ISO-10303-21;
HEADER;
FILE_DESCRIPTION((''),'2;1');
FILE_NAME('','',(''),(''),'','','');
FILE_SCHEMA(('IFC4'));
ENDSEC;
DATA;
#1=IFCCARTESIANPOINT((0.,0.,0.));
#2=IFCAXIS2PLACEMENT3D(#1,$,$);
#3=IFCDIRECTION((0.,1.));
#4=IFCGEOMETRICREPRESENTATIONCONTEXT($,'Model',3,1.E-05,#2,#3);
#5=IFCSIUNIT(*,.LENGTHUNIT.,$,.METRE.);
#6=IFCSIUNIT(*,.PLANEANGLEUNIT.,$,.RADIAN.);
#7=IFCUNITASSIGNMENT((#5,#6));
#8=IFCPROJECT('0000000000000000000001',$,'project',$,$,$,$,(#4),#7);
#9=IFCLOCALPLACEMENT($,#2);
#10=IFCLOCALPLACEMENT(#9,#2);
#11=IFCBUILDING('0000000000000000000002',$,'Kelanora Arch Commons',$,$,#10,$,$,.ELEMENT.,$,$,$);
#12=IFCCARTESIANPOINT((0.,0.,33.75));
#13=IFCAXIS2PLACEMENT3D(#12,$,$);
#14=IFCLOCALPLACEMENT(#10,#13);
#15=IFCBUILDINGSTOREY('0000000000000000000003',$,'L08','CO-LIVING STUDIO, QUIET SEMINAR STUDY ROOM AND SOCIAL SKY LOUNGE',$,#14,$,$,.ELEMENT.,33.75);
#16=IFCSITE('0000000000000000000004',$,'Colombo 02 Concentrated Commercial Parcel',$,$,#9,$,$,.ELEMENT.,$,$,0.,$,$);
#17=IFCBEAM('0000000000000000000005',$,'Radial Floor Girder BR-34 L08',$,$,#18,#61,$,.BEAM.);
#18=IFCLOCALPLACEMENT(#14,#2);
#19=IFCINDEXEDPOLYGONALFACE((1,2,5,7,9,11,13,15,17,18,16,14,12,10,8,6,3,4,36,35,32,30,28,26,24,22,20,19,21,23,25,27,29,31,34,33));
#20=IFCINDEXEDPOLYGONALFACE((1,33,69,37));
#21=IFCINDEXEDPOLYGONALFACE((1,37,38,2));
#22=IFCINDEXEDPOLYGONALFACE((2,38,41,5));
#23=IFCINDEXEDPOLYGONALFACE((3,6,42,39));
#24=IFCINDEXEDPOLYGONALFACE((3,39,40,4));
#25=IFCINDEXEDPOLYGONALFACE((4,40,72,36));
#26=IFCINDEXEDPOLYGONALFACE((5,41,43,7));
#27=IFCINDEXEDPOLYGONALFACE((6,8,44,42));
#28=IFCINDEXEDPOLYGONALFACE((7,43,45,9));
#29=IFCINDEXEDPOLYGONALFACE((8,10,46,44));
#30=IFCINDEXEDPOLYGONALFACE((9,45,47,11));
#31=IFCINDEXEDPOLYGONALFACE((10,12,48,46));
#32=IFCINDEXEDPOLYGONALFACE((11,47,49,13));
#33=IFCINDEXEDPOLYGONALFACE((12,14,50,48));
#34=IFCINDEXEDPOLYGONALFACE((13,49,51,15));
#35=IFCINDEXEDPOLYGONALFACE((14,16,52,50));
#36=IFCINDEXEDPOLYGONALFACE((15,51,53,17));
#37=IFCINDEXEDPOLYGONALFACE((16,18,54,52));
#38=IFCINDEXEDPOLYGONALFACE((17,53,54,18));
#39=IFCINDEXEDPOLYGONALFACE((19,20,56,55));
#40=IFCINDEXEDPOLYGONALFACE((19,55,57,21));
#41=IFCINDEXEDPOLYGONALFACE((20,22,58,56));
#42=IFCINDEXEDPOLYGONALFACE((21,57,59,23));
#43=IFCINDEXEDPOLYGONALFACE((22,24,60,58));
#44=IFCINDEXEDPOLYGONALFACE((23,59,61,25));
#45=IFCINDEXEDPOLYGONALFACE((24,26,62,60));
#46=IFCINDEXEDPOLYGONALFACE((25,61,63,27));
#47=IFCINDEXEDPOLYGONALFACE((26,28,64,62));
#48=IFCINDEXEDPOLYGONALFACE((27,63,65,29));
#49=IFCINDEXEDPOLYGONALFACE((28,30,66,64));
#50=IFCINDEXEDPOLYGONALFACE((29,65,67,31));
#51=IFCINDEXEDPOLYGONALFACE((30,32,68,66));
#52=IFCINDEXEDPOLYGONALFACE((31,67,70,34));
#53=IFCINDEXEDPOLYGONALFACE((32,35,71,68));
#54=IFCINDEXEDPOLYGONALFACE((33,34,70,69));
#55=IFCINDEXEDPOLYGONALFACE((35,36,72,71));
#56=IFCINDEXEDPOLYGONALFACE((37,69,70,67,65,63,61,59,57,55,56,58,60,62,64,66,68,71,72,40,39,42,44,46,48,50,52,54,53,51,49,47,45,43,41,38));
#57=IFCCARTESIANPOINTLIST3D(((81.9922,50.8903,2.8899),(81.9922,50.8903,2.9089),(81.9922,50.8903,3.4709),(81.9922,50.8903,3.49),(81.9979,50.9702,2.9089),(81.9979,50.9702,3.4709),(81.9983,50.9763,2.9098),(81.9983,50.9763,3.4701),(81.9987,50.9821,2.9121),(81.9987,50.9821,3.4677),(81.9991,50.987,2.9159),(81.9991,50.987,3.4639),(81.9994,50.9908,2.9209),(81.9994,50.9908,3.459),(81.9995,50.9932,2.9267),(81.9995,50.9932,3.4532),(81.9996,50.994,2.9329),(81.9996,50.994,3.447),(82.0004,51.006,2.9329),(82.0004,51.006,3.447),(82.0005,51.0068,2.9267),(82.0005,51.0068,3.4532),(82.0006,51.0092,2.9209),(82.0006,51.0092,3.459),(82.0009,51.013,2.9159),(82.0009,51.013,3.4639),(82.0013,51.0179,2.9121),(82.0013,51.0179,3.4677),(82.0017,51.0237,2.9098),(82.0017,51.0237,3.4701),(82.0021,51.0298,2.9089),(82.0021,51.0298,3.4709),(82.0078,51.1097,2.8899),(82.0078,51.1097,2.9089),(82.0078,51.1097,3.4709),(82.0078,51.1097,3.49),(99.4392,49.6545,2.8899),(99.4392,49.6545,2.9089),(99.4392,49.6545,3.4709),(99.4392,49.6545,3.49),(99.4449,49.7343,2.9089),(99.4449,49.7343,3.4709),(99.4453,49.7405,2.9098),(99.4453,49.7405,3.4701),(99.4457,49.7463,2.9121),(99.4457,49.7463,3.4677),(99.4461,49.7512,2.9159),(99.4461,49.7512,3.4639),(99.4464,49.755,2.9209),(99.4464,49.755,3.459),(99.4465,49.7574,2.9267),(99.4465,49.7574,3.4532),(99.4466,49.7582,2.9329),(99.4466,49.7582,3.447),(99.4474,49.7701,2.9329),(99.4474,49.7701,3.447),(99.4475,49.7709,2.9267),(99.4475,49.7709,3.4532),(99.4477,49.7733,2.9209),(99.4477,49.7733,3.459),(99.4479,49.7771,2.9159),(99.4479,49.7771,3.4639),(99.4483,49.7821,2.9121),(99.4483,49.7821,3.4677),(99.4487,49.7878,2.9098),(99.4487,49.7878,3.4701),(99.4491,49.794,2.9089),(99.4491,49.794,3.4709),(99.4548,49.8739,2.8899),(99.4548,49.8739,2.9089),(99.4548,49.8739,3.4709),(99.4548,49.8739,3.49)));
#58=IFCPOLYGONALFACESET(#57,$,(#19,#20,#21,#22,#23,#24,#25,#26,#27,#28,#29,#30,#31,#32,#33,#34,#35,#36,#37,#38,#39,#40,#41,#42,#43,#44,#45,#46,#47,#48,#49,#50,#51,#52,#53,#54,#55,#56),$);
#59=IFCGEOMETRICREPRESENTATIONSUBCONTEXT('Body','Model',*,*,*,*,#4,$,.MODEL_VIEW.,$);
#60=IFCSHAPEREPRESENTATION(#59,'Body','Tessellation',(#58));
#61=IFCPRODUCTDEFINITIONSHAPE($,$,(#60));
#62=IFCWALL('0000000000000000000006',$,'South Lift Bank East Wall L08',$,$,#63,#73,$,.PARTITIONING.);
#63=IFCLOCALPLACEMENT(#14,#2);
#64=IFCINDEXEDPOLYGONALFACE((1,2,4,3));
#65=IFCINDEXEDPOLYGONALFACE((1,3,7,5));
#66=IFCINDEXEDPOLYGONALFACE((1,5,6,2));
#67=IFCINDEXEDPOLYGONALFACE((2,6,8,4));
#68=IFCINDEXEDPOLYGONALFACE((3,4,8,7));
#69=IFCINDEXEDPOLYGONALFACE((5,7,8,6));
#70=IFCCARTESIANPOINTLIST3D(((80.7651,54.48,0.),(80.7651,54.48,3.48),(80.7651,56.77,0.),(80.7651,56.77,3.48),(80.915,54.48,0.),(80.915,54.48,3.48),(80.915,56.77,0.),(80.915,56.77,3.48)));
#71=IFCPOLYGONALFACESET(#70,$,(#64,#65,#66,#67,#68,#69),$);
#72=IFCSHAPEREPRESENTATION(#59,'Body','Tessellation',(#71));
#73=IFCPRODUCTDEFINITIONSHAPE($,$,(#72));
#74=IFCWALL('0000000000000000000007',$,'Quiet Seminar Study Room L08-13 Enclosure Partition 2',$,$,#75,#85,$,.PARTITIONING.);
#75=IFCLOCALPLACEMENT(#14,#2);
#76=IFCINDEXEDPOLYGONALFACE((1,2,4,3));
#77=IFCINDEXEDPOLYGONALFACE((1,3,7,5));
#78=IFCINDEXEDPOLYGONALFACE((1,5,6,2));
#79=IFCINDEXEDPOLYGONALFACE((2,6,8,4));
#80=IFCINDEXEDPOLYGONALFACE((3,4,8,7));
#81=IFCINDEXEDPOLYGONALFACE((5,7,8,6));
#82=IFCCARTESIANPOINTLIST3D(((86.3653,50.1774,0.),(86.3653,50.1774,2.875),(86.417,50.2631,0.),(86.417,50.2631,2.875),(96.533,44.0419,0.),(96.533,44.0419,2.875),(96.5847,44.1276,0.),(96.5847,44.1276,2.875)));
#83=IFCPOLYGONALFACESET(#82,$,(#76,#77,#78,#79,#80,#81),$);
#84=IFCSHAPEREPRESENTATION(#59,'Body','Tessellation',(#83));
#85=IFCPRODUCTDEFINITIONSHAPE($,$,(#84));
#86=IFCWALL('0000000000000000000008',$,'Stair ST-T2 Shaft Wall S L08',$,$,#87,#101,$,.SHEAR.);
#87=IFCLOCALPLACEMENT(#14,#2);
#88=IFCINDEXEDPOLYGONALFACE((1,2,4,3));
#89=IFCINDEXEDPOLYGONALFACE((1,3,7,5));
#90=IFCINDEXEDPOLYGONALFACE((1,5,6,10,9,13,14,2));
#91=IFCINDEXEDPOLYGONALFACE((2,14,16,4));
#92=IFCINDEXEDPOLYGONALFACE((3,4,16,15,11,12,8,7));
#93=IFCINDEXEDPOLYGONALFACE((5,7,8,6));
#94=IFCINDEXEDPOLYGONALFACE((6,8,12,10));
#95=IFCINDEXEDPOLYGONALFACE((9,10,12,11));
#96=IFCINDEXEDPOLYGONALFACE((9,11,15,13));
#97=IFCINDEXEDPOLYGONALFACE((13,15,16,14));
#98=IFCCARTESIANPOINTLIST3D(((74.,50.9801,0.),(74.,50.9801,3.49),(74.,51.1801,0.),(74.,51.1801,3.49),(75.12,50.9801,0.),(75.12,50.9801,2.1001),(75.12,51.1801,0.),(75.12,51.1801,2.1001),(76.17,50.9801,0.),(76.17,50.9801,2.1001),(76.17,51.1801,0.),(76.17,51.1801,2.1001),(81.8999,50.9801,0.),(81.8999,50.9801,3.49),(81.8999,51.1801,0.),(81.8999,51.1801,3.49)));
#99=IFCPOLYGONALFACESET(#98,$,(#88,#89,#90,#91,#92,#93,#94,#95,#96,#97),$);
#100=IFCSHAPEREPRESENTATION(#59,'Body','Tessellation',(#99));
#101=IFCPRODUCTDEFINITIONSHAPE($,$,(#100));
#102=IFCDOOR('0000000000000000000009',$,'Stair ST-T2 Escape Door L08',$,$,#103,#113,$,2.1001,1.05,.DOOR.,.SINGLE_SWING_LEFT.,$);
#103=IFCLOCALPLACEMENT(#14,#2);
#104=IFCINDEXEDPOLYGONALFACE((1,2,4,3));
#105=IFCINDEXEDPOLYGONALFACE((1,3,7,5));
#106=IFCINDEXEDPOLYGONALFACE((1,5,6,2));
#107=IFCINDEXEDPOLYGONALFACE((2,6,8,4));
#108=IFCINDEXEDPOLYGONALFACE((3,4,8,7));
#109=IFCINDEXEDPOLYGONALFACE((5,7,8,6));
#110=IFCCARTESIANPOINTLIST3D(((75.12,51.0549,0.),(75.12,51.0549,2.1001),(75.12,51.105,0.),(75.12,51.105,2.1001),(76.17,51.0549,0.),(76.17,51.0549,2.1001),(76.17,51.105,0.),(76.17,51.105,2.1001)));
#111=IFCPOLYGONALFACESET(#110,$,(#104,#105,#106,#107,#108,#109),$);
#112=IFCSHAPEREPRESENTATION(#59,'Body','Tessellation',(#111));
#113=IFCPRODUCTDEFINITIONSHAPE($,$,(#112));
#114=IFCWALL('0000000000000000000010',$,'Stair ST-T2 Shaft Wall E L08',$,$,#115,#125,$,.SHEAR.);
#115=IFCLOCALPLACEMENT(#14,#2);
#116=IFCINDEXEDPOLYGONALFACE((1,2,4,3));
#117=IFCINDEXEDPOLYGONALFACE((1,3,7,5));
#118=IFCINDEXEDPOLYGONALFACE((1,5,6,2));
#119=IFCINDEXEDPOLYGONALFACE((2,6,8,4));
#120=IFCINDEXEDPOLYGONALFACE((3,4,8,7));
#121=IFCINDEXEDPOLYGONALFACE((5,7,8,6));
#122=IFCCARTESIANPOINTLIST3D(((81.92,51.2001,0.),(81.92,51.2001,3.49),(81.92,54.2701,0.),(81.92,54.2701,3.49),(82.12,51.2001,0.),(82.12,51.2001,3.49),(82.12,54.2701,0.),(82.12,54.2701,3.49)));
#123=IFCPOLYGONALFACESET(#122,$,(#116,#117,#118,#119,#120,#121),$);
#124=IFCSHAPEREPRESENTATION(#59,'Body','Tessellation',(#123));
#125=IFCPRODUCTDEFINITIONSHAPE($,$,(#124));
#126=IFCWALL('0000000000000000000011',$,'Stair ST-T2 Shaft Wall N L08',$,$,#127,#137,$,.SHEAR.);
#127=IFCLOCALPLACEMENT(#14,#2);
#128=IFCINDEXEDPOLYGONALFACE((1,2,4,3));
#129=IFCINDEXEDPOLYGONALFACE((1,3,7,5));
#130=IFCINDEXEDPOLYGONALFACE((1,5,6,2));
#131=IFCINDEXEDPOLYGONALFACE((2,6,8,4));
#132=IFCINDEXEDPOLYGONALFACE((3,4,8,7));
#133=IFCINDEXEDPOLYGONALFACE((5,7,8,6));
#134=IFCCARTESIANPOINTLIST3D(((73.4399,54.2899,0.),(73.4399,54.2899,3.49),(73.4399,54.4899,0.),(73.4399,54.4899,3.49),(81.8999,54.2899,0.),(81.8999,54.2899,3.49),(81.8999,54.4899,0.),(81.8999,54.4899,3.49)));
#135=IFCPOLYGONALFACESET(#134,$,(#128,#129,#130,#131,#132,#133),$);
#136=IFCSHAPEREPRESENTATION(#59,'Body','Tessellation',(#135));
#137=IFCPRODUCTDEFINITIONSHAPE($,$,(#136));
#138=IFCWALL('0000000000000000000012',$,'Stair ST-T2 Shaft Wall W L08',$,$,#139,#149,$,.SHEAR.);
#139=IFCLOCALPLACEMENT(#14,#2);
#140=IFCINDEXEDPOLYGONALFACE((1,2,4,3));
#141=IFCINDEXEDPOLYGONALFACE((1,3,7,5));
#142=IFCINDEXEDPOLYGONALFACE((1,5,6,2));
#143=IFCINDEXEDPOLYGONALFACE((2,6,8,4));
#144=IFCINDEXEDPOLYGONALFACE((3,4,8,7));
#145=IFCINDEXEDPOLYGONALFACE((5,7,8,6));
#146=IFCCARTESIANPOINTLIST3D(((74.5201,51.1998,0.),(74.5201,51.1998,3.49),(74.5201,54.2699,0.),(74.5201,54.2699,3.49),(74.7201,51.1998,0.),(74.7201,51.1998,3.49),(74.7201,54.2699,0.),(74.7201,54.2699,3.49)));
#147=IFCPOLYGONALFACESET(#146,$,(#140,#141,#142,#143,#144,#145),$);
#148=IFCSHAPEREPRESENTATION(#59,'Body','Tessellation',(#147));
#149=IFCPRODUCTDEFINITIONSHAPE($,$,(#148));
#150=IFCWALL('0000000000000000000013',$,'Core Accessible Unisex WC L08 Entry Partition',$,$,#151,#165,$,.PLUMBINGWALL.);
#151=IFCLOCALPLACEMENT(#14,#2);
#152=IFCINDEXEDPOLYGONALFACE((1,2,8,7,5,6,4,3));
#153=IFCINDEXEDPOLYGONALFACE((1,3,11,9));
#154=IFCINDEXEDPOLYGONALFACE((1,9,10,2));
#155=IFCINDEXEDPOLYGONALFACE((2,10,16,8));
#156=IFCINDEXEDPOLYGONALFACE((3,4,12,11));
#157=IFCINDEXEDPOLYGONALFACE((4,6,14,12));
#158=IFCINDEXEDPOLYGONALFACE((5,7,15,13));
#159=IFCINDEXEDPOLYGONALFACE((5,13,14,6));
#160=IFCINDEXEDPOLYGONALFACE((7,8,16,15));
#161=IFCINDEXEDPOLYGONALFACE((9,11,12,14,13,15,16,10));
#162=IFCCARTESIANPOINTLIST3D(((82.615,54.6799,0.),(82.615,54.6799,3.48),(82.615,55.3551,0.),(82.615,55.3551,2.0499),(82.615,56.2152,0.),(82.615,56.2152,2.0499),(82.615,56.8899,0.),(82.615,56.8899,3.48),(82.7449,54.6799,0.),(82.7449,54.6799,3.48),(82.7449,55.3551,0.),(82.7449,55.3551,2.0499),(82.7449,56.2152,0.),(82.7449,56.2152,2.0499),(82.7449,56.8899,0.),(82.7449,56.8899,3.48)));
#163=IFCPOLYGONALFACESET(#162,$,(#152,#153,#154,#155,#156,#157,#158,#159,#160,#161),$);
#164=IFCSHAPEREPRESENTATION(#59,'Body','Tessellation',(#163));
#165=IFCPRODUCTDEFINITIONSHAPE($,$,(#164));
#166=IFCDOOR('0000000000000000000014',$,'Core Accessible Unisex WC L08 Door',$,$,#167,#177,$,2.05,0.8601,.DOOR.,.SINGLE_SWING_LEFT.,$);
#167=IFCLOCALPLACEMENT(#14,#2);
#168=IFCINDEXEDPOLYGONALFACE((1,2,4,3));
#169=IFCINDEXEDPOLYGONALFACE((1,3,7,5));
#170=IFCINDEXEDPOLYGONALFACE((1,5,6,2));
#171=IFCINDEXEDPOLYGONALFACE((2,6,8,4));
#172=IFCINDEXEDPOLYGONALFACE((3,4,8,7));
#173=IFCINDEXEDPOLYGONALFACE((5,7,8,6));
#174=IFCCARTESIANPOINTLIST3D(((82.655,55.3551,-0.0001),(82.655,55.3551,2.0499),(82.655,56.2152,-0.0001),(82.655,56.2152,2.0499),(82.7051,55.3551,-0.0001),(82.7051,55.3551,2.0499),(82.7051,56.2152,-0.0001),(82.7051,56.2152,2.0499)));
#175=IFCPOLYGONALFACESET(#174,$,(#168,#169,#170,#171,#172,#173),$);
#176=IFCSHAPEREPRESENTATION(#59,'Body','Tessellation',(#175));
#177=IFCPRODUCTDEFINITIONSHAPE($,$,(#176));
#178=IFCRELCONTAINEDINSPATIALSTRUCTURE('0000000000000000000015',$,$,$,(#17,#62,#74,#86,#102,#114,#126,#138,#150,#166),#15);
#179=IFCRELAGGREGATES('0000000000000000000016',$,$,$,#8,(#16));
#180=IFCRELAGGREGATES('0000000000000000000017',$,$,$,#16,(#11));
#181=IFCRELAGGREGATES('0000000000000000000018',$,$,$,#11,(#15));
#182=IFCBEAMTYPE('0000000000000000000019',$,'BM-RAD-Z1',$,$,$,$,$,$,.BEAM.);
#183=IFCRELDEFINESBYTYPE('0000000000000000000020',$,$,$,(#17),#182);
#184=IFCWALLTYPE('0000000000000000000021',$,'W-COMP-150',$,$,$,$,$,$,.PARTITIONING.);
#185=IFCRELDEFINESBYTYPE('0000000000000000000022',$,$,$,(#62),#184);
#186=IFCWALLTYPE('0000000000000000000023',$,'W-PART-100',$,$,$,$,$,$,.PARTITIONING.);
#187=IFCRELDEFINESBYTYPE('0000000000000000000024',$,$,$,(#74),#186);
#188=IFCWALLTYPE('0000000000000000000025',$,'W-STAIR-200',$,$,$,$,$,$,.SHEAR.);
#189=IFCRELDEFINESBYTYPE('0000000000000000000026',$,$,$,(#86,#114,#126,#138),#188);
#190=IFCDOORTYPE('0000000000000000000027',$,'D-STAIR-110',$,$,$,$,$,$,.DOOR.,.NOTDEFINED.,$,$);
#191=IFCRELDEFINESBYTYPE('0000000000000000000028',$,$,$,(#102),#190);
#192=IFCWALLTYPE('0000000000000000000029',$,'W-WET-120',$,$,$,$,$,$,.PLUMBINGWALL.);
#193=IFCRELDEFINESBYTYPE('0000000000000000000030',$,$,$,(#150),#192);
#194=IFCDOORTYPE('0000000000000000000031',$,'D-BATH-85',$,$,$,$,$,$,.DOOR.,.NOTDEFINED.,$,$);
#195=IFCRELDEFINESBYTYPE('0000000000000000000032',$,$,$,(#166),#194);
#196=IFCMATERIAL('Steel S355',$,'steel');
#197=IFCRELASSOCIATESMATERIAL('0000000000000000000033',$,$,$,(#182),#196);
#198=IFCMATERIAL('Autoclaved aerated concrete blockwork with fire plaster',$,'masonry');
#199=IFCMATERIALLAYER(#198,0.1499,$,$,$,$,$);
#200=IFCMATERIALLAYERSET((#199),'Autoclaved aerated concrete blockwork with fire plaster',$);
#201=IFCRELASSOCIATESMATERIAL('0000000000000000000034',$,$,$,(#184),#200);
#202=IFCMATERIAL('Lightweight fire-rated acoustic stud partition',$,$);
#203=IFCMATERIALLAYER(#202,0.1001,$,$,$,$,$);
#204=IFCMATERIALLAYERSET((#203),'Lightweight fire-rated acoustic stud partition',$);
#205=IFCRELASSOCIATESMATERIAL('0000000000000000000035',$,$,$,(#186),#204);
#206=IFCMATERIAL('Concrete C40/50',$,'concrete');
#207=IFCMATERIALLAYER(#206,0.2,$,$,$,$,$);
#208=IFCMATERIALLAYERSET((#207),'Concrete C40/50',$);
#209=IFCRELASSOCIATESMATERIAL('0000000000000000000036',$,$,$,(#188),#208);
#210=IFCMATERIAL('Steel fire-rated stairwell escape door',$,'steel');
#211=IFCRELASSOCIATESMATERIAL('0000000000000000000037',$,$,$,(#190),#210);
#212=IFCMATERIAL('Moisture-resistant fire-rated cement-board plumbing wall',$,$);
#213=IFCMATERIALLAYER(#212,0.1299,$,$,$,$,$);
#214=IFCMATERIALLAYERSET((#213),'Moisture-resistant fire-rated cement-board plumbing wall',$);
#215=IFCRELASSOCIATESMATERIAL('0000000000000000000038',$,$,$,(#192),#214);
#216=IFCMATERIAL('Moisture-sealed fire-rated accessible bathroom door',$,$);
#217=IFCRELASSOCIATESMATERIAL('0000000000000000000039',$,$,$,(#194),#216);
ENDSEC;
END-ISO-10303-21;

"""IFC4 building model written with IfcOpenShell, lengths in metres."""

from ifc_helpers import new_model, si_unit, direction, frame, frame_2d, origin, origin_2d, place, context, subcontext, project, spatial, rectangle, i_section, extrude, material, layer, layer_set, material_profile, profile_set, type_object, element, fill, save


model = new_model("IFC4")

# Units and contexts
model_context = context("Model", 3, precision=1e-05, world=origin(), true_north=direction((0.0, 1.0)))
body_context = subcontext(model_context, "Body", "Model", "MODEL_VIEW")
ifc_project = project(units=[si_unit("LENGTHUNIT", "METRE"), si_unit("PLANEANGLEUNIT", "RADIAN")], contexts=[model_context])

# Site, building, storey
site_placement = place(None, origin())
site = spatial("IfcSite", under=ifc_project, at=site_placement, Name="Colombo 02 Concentrated Commercial Parcel", CompositionType="ELEMENT", RefElevation=0.0)
building_placement = place(site_placement, origin())
building = spatial("IfcBuilding", under=site, at=building_placement, Name="Kelanora Arch Commons", CompositionType="ELEMENT")
storey_placement = place(building_placement, frame((0.0, 0.0, 33.75)))
storey = spatial("IfcBuildingStorey", under=building, at=storey_placement, Name="L08", Description="CO-LIVING STUDIO, QUIET SEMINAR STUDY ROOM AND SOCIAL SKY LOUNGE", CompositionType="ELEMENT", Elevation=33.75)

# Beam
ifc_material_1 = material(Name="Steel S355", Category="steel")
ifc_material_profile_1 = material_profile(ifc_material_1, i_section(OverallWidth=0.22, OverallDepth=0.6001, WebThickness=0.012, FlangeThickness=0.019, FilletRadius=0.0239, at=origin_2d()), Name="IPE600")
ifc_profile_set_1 = profile_set([ifc_material_profile_1], Name="Steel S355")
beam_type_1 = type_object("IfcBeamType", Name="BM-RAD-Z1", PredefinedType="BEAM", material=ifc_profile_set_1)
beam_1_placement = place(storey_placement, frame((82.0, 51.0, 3.1899), z_axis=(0.997501, -0.070657, 0.0), x_axis=(0.070657, 0.997501, 0.0)))
element("IfcBeam", 1, at=beam_1_placement, inside=storey, type_object=beam_type_1, Name="Radial Floor Girder BR-34 L08", PredefinedType="BEAM", context=body_context, shape_type="SweptSolid", body=[
    extrude(i_section(OverallWidth=0.22, OverallDepth=0.6001, WebThickness=0.012, FlangeThickness=0.019, FilletRadius=0.0239, at=origin_2d()), origin(), (0.0, 0.0, 1.0), 17.4907),
])

# Walls
ifc_material_2 = material(Name="Autoclaved aerated concrete blockwork with fire plaster", Category="masonry")
ifc_layer_1 = layer(ifc_material_2, 0.1499)
ifc_layer_set_1 = layer_set([ifc_layer_1], Name="Autoclaved aerated concrete blockwork with fire plaster")
wall_type_1 = type_object("IfcWallType", Name="W-COMP-150", PredefinedType="PARTITIONING", material=ifc_layer_set_1)
wall_1_placement = place(storey_placement, frame((80.8401, 54.48, 0.0), z_axis=(0.0, 0.0, 1.0), x_axis=(0.0, 1.0, 0.0)))
element("IfcWall", 2, at=wall_1_placement, inside=storey, type_object=wall_type_1, Name="South Lift Bank East Wall L08", PredefinedType="PARTITIONING", context=body_context, shape_type="SweptSolid", body=[
    extrude(rectangle(XDim=2.29, YDim=0.1499, at=frame_2d((1.145, 0.0))), origin(), (0.0, 0.0, 1.0), 3.48),
])
ifc_material_3 = material(Name="Lightweight fire-rated acoustic stud partition")
ifc_layer_2 = layer(ifc_material_3, 0.1001)
ifc_layer_set_2 = layer_set([ifc_layer_2], Name="Lightweight fire-rated acoustic stud partition")
wall_type_2 = type_object("IfcWallType", Name="W-PART-100", PredefinedType="PARTITIONING", material=ifc_layer_set_2)
wall_2_placement = place(storey_placement, frame((86.3911, 50.2202, 0.0), z_axis=(0.0, 0.0, 1.0), x_axis=(0.856195, -0.516653, 0.0)))
element("IfcWall", 3, at=wall_2_placement, inside=storey, type_object=wall_type_2, Name="Quiet Seminar Study Room L08-13 Enclosure Partition 2", PredefinedType="PARTITIONING", context=body_context, shape_type="SweptSolid", body=[
    extrude(rectangle(XDim=11.8755, YDim=0.1001, at=frame_2d((5.9377, 0.0))), origin(), (0.0, 0.0, 1.0), 2.875),
])

# Wall, opening, door
ifc_material_4 = material(Name="Concrete C40/50", Category="concrete")
ifc_layer_3 = layer(ifc_material_4, 0.2)
ifc_layer_set_3 = layer_set([ifc_layer_3], Name="Concrete C40/50")
wall_type_3 = type_object("IfcWallType", Name="W-STAIR-200", PredefinedType="SHEAR", material=ifc_layer_set_3)
wall_3_placement = place(storey_placement, frame((74.0, 51.0801, 0.0), z_axis=(0.0, 0.0, 1.0), x_axis=(1.0, 0.0, 0.0)))
wall_3 = element("IfcWall", 4, at=wall_3_placement, inside=storey, type_object=wall_type_3, Name="Stair ST-T2 Shaft Wall S L08", PredefinedType="SHEAR", context=body_context, shape_type="SweptSolid", body=[
    extrude(rectangle(XDim=7.8999, YDim=0.2, at=frame_2d((3.95, 0.0))), origin(), (0.0, 0.0, 1.0), 3.49),
])
opening_1_placement = place(wall_3_placement, frame((1.1201, 0.0, 0.0)))
opening_1 = element("IfcOpeningElement", 5, at=opening_1_placement, cuts=wall_3, PredefinedType="OPENING", context=body_context, shape_type="SweptSolid", body=[
    extrude(rectangle(XDim=1.05, YDim=2.1001, at=frame_2d((0.5249, 1.05))), frame((0.0, 0.1099, 0.0), z_axis=(0.0, -1.0, 0.0), x_axis=(1.0, 0.0, 0.0)), (0.0, 0.0, 1.0), 0.22),
])
ifc_material_5 = material(Name="Steel fire-rated stairwell escape door", Category="steel")
door_type_1 = type_object("IfcDoorType", Name="D-STAIR-110", OperationType="NOTDEFINED", PredefinedType="DOOR", material=ifc_material_5)
door_1_placement = place(opening_1_placement, origin())
door_1 = element("IfcDoor", 6, at=door_1_placement, inside=storey, type_object=door_type_1, Name="Stair ST-T2 Escape Door L08", OperationType="SINGLE_SWING_LEFT", OverallHeight=2.1001, OverallWidth=1.05, PredefinedType="DOOR", context=body_context, shape_type="SweptSolid", body=[
    extrude(rectangle(XDim=1.05, YDim=2.1001, at=frame_2d((0.5249, 1.05))), frame((0.0, 0.0249, 0.0), z_axis=(0.0, -1.0, 0.0), x_axis=(1.0, 0.0, 0.0)), (0.0, 0.0, 1.0), 0.05),
])
fill(opening_1, door_1)

# Walls
wall_4_placement = place(storey_placement, frame((82.02, 51.2, 0.0), z_axis=(0.0, 0.0, 1.0), x_axis=(0.0, 1.0, 0.0)))
element("IfcWall", 7, at=wall_4_placement, inside=storey, type_object=wall_type_3, Name="Stair ST-T2 Shaft Wall E L08", PredefinedType="SHEAR", context=body_context, shape_type="SweptSolid", body=[
    extrude(rectangle(XDim=3.0701, YDim=0.2, at=frame_2d((1.5352, 0.0))), origin(), (0.0, 0.0, 1.0), 3.49),
])
wall_5_placement = place(storey_placement, frame((81.8999, 54.3899, 0.0), z_axis=(0.0, 0.0, 1.0), x_axis=(-1.0, 0.0, 0.0)))
element("IfcWall", 8, at=wall_5_placement, inside=storey, type_object=wall_type_3, Name="Stair ST-T2 Shaft Wall N L08", PredefinedType="SHEAR", context=body_context, shape_type="SweptSolid", body=[
    extrude(rectangle(XDim=8.46, YDim=0.2, at=frame_2d((4.23, 0.0))), origin(), (0.0, 0.0, 1.0), 3.49),
])
wall_6_placement = place(storey_placement, frame((74.6201, 54.27, 0.0), z_axis=(0.0, 0.0, 1.0), x_axis=(0.0, -1.0, 0.0)))
element("IfcWall", 9, at=wall_6_placement, inside=storey, type_object=wall_type_3, Name="Stair ST-T2 Shaft Wall W L08", PredefinedType="SHEAR", context=body_context, shape_type="SweptSolid", body=[
    extrude(rectangle(XDim=3.0701, YDim=0.2, at=frame_2d((1.5352, 0.0))), origin(), (0.0, 0.0, 1.0), 3.49),
])

# Wall, opening, door
ifc_material_6 = material(Name="Moisture-resistant fire-rated cement-board plumbing wall")
ifc_layer_4 = layer(ifc_material_6, 0.1299)
ifc_layer_set_4 = layer_set([ifc_layer_4], Name="Moisture-resistant fire-rated cement-board plumbing wall")
wall_type_4 = type_object("IfcWallType", Name="W-WET-120", PredefinedType="PLUMBINGWALL", material=ifc_layer_set_4)
wall_7_placement = place(storey_placement, frame((82.6799, 54.6799, 0.0), z_axis=(0.0, 0.0, 1.0), x_axis=(0.0, 1.0, 0.0)))
wall_7 = element("IfcWall", 10, at=wall_7_placement, inside=storey, type_object=wall_type_4, Name="Core Accessible Unisex WC L08 Entry Partition", PredefinedType="PLUMBINGWALL", context=body_context, shape_type="SweptSolid", body=[
    extrude(rectangle(XDim=2.21, YDim=0.1299, at=frame_2d((1.105, 0.0))), origin(), (0.0, 0.0, 1.0), 3.48),
])
opening_2_placement = place(wall_7_placement, frame((0.675, 0.0, 0.0)))
opening_2 = element("IfcOpeningElement", 11, at=opening_2_placement, cuts=wall_7, PredefinedType="OPENING", context=body_context, shape_type="SweptSolid", body=[
    extrude(rectangle(XDim=0.8601, YDim=2.05, at=frame_2d((0.4302, 1.0249))), frame((0.0, 0.075, 0.0), z_axis=(0.0, -1.0, 0.0), x_axis=(1.0, 0.0, 0.0)), (0.0, 0.0, 1.0), 0.1499),
])
ifc_material_7 = material(Name="Moisture-sealed fire-rated accessible bathroom door")
door_type_2 = type_object("IfcDoorType", Name="D-BATH-85", OperationType="NOTDEFINED", PredefinedType="DOOR", material=ifc_material_7)
door_2_placement = place(opening_2_placement, origin())
door_2 = element("IfcDoor", 12, at=door_2_placement, inside=storey, type_object=door_type_2, Name="Core Accessible Unisex WC L08 Door", OperationType="SINGLE_SWING_LEFT", OverallHeight=2.05, OverallWidth=0.8601, PredefinedType="DOOR", context=body_context, shape_type="SweptSolid", body=[
    extrude(rectangle(XDim=0.8601, YDim=2.05, at=frame_2d((0.4302, 1.0249))), frame((0.0, 0.0249, 0.0), z_axis=(0.0, -1.0, 0.0), x_axis=(1.0, 0.0, 0.0)), (0.0, 0.0, 1.0), 0.05),
])
fill(opening_2, door_2)

save(model, "model.ifc")
